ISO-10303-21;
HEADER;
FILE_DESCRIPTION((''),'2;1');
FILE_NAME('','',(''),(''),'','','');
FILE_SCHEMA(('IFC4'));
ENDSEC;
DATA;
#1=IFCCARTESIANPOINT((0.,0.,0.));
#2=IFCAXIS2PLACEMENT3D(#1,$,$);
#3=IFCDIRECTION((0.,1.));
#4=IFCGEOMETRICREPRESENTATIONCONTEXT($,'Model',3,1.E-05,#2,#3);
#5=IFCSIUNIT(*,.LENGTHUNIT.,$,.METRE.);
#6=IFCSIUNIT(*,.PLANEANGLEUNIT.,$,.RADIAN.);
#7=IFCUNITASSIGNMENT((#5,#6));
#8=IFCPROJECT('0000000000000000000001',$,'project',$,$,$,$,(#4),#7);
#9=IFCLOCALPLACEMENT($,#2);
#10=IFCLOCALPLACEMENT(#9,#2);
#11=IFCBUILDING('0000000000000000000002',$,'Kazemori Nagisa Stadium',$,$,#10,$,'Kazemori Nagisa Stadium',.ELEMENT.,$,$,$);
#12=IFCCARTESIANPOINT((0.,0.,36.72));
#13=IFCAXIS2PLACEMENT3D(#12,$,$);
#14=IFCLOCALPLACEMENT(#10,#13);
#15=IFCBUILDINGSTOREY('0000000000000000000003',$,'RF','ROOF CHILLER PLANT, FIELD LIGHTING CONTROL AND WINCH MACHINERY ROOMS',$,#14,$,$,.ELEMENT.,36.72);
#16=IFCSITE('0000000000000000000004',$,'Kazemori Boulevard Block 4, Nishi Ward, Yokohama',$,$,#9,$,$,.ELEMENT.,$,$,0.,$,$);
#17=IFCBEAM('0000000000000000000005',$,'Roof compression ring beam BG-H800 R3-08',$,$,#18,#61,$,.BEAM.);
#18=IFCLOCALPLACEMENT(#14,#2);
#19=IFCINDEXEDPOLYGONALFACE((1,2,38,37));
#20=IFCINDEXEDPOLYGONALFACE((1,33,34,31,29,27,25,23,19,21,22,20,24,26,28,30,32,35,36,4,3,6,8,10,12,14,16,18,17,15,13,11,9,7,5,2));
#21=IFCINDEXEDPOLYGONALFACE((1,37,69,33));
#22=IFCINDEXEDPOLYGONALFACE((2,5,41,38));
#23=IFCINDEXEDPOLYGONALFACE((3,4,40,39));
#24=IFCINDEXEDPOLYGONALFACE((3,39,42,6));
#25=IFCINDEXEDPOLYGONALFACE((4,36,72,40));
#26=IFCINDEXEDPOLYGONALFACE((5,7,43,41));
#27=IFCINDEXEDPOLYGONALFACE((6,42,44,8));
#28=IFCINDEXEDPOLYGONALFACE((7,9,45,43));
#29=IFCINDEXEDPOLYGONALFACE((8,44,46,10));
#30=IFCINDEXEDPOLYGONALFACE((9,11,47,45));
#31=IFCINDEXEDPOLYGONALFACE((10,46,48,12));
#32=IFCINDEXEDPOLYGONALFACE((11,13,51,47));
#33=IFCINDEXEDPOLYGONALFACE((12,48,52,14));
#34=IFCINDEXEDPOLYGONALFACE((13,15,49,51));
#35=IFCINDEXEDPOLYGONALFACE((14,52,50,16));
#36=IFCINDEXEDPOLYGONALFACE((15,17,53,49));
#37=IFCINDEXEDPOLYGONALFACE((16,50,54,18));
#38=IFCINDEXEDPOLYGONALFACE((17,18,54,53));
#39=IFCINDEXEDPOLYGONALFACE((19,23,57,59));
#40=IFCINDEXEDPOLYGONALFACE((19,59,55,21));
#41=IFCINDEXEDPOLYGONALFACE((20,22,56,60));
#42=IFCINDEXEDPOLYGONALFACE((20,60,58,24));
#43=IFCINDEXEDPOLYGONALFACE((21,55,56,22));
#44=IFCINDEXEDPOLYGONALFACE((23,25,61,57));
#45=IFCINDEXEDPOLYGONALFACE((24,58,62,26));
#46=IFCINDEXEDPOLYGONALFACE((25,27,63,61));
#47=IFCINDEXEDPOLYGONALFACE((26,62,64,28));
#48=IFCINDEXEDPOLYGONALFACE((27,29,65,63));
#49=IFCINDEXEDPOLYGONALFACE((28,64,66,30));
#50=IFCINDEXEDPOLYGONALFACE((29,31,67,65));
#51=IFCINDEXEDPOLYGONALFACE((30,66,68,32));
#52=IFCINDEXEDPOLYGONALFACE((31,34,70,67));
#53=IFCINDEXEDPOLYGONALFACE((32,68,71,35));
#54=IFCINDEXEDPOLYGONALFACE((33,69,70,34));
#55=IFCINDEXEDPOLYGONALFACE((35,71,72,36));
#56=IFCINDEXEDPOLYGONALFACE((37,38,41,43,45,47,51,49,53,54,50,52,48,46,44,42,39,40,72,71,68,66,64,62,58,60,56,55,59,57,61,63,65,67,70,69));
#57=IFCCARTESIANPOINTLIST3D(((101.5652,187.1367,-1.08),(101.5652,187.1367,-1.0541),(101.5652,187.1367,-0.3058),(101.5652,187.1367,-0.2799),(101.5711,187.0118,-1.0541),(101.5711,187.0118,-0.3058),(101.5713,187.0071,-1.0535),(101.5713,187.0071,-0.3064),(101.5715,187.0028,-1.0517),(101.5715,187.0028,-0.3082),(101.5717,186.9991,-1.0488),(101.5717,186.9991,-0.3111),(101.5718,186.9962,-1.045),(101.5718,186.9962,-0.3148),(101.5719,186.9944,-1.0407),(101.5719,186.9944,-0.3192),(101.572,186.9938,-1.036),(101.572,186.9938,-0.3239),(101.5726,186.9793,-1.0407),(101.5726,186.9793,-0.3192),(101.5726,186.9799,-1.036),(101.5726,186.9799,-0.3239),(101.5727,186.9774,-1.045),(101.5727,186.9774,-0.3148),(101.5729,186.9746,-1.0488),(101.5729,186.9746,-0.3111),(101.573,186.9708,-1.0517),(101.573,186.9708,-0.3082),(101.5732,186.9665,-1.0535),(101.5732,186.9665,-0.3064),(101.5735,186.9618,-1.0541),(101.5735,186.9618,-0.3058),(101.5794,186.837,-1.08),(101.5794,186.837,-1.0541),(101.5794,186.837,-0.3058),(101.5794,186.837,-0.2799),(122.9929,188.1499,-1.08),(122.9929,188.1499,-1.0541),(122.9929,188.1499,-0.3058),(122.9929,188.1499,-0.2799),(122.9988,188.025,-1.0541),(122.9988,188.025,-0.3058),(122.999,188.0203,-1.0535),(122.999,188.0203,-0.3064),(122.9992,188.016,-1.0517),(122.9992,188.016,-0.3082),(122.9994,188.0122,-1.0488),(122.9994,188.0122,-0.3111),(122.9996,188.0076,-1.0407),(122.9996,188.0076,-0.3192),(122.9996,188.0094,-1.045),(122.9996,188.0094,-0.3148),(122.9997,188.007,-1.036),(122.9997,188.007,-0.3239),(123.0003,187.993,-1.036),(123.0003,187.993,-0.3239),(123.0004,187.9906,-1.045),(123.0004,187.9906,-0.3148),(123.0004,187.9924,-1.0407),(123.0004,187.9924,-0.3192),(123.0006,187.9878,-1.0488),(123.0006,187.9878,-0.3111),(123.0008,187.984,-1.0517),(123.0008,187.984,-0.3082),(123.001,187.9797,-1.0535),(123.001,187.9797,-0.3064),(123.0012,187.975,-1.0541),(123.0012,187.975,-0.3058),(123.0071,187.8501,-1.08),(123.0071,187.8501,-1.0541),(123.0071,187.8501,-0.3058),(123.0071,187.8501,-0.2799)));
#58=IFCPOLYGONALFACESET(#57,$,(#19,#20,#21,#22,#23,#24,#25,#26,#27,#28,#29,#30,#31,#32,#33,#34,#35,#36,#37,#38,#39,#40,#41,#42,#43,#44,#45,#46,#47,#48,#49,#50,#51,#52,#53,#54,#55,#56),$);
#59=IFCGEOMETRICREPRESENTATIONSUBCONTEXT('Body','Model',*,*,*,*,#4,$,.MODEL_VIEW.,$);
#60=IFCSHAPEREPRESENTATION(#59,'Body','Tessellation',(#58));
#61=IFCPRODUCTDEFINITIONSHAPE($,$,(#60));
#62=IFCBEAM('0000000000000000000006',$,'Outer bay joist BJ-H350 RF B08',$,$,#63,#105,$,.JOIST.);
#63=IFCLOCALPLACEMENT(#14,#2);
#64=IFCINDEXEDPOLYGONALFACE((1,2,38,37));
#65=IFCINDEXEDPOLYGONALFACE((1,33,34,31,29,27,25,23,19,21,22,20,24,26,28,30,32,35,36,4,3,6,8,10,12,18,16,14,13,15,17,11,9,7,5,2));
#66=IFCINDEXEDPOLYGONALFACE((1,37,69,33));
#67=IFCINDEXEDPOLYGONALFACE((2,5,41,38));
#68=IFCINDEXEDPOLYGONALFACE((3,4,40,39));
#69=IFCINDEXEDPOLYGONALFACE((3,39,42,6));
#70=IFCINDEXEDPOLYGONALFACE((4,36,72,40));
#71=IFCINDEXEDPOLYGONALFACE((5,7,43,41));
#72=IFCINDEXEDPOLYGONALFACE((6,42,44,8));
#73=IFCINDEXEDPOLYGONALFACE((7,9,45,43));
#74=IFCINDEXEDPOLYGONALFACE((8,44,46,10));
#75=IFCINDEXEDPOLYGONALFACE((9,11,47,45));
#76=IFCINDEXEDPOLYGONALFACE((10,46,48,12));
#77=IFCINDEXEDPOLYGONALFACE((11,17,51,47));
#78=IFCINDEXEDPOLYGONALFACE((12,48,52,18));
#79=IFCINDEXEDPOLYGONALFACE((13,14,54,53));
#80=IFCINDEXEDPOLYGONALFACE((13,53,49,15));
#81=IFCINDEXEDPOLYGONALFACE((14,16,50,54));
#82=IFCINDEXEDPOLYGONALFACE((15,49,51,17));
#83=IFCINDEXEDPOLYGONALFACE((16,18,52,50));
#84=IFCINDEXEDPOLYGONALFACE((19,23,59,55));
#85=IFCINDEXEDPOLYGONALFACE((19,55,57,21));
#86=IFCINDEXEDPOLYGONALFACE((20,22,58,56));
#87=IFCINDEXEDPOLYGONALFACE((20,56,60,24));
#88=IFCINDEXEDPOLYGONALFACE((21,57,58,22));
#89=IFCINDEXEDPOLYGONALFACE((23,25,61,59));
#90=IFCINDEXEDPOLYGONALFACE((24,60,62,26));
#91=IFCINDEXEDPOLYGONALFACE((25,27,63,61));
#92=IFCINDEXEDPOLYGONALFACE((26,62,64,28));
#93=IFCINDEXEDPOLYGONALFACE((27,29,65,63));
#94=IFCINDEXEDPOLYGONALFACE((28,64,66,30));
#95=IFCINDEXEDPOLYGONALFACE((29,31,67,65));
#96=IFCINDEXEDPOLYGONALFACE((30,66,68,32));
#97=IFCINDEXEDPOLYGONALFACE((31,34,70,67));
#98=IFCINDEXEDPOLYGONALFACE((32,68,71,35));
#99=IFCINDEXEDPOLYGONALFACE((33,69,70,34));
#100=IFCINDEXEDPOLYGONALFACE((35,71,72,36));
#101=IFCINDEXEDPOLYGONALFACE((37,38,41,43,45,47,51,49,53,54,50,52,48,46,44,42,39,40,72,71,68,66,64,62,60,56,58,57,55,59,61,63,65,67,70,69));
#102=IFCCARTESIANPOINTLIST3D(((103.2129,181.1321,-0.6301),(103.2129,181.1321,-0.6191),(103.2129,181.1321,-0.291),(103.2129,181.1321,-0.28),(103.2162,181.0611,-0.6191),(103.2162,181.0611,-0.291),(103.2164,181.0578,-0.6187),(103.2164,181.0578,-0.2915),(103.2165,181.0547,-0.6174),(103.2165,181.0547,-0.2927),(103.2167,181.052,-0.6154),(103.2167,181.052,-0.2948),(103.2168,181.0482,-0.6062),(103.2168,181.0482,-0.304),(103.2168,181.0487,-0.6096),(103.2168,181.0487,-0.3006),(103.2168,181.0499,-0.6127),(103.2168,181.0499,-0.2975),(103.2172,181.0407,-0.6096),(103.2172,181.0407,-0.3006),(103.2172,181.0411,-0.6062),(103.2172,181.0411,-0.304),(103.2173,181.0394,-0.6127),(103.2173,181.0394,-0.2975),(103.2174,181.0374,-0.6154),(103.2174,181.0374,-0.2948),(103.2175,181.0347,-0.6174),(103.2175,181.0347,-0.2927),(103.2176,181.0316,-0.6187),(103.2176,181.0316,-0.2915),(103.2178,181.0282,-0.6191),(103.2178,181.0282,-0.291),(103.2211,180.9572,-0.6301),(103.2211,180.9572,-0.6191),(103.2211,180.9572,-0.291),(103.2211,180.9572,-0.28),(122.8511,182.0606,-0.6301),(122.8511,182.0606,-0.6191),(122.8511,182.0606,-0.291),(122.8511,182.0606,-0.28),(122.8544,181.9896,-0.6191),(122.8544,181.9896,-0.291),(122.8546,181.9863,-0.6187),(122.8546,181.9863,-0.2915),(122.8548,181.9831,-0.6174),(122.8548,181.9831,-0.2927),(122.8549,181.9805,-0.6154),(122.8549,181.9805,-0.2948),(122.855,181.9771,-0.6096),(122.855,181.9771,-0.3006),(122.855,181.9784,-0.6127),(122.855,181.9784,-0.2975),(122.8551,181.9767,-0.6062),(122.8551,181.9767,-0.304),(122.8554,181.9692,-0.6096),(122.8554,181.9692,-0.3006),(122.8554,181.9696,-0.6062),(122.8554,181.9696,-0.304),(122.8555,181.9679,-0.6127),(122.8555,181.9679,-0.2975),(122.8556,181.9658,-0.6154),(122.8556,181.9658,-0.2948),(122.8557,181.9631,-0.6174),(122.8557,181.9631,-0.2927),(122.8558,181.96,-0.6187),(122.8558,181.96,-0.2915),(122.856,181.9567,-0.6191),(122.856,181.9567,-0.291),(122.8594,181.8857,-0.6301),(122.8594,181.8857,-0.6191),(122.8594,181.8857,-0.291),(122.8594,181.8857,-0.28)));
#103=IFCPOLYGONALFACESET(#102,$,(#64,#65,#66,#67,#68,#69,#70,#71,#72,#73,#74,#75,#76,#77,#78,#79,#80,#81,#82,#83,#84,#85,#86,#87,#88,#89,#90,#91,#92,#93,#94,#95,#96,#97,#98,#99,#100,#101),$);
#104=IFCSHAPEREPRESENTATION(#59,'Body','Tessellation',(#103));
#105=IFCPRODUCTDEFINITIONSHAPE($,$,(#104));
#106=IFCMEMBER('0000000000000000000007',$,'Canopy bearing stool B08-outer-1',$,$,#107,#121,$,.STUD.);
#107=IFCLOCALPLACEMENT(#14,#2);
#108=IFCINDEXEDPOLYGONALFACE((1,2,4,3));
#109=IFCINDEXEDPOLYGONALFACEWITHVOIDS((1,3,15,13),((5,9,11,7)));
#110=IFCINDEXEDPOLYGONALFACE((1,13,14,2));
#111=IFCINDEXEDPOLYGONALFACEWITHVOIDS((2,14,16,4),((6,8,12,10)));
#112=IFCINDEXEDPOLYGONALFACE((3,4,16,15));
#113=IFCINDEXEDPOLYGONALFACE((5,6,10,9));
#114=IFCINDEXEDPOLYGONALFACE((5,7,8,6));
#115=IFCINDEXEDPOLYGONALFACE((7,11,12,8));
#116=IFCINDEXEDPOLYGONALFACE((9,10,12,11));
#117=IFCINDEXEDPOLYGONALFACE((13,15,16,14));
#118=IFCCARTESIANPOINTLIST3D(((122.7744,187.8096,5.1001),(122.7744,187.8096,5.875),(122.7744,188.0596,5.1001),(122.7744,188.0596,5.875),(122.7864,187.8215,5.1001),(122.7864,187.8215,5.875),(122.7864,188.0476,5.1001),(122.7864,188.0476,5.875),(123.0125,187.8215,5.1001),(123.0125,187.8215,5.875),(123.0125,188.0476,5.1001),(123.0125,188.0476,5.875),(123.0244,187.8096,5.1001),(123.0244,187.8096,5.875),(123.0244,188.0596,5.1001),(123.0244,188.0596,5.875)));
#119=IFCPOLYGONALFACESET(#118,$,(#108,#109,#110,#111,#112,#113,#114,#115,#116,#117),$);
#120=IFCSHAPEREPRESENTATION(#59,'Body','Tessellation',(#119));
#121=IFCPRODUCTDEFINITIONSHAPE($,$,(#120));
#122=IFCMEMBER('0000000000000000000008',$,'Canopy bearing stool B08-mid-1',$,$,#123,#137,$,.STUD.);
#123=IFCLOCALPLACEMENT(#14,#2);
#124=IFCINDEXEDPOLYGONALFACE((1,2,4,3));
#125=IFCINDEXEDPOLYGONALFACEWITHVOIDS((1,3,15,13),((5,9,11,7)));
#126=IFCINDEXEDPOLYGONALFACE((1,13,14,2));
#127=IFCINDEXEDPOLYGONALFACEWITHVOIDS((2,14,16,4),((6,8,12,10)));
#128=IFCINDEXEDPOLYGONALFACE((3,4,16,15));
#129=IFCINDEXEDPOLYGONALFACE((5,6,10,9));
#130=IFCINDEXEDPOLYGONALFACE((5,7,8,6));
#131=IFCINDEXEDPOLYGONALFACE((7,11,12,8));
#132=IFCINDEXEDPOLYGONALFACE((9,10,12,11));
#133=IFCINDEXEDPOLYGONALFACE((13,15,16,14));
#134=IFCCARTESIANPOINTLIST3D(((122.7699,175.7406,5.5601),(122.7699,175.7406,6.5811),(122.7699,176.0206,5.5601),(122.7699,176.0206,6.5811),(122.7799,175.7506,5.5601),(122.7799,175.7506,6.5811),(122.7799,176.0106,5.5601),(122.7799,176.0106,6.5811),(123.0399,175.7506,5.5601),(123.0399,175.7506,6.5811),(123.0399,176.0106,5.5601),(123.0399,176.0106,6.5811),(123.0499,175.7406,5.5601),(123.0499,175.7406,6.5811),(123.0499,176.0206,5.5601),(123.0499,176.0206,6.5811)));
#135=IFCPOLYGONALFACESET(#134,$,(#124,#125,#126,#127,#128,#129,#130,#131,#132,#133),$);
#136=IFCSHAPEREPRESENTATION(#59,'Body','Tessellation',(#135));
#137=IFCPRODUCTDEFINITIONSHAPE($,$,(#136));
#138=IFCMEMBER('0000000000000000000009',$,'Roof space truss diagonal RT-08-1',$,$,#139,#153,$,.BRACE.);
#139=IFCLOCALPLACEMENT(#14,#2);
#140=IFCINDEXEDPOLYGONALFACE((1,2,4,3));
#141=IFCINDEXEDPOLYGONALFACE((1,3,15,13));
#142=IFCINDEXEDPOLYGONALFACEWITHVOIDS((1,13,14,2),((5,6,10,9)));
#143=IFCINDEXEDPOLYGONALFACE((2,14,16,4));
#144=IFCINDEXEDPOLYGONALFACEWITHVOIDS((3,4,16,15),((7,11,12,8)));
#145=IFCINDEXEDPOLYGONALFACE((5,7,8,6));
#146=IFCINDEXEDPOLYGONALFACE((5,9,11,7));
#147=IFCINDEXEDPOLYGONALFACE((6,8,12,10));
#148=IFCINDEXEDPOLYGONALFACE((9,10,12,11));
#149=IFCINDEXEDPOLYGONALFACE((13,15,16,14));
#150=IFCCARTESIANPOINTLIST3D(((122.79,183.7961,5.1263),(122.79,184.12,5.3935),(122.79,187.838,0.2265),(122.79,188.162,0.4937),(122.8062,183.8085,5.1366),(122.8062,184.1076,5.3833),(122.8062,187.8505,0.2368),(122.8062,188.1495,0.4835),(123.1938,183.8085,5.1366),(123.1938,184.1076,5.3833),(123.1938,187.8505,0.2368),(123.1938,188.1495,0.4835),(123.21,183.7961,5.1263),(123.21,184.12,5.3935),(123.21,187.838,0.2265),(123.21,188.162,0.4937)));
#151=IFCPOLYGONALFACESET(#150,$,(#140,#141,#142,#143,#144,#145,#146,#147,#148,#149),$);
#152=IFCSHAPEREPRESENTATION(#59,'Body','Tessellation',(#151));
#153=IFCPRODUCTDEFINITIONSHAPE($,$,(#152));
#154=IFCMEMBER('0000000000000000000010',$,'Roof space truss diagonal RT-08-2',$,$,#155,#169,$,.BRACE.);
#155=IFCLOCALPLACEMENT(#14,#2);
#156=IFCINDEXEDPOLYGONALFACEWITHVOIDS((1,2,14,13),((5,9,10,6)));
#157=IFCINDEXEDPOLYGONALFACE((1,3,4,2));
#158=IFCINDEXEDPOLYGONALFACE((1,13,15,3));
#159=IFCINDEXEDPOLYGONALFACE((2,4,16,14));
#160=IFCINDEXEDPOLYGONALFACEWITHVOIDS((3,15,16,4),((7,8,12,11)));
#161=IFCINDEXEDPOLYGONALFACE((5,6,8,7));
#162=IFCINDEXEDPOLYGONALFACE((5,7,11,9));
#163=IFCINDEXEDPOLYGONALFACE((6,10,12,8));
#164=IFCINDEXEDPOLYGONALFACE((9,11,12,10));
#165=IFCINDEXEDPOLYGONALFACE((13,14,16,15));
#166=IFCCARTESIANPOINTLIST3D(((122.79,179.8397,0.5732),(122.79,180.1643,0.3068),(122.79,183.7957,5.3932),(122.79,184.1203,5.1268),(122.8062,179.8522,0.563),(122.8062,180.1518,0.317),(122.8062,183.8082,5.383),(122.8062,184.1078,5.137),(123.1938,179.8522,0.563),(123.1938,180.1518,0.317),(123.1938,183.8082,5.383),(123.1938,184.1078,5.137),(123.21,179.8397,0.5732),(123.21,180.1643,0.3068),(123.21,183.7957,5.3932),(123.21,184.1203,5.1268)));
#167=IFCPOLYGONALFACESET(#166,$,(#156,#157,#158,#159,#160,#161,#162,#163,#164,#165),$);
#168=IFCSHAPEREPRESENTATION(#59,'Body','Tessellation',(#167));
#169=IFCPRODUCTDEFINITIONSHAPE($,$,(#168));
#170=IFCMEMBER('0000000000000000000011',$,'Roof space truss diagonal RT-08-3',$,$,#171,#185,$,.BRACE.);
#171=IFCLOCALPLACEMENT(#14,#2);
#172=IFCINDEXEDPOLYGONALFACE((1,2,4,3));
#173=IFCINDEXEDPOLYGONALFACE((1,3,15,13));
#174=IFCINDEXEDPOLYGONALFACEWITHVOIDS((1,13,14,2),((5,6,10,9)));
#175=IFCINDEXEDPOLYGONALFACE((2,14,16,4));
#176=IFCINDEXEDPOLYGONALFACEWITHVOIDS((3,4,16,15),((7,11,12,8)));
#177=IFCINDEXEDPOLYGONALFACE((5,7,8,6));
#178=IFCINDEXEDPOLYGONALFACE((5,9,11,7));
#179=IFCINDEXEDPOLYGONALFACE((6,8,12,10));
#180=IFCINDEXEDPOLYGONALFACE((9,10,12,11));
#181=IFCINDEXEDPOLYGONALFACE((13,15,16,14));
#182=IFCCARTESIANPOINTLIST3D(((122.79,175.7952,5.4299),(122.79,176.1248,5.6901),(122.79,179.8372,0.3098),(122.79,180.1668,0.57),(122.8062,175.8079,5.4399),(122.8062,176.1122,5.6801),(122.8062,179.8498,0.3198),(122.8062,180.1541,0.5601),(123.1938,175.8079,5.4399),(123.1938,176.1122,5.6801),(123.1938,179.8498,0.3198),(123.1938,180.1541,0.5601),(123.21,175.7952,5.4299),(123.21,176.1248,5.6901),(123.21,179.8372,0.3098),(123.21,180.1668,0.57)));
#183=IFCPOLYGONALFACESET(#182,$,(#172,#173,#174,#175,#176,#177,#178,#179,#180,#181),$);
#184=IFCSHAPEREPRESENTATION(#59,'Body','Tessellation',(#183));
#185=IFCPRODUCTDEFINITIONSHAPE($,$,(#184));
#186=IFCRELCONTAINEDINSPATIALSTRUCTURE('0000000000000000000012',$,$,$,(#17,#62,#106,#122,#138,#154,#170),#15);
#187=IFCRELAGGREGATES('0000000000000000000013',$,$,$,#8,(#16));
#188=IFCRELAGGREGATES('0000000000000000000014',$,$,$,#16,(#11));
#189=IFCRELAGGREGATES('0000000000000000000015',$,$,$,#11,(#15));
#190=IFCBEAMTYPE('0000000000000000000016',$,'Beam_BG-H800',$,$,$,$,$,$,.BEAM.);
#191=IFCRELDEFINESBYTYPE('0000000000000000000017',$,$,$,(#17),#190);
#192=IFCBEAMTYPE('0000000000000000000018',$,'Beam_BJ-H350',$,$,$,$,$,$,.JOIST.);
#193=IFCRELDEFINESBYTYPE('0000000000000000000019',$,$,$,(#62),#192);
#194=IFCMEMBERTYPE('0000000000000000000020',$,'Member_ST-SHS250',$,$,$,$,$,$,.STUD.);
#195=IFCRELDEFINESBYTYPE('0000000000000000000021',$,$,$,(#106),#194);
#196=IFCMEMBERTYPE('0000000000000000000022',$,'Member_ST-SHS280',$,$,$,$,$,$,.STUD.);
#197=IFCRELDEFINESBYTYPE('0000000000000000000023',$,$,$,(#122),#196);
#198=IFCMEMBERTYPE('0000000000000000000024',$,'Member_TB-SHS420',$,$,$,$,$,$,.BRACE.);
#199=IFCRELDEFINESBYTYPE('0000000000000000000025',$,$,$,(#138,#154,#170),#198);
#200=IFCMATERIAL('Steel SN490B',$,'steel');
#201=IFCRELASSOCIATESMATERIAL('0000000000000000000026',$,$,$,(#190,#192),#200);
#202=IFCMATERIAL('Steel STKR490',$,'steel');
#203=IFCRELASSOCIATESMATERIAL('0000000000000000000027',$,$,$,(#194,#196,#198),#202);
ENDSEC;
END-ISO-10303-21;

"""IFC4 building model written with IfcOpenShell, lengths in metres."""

from ifc_helpers import new_model, si_unit, direction, frame, origin, origin_2d, place, context, subcontext, project, spatial, hollow_rectangle, i_section, extrude, material, material_profile, profile_set, type_object, element, save


model = new_model("IFC4")

# Units and contexts
model_context = context("Model", 3, precision=1e-05, world=origin(), true_north=direction((0.0, 1.0)))
body_context = subcontext(model_context, "Body", "Model", "MODEL_VIEW")
ifc_project = project(units=[si_unit("LENGTHUNIT", "METRE"), si_unit("PLANEANGLEUNIT", "RADIAN")], contexts=[model_context])

# Site, building, storey
site_placement = place(None, origin())
site = spatial("IfcSite", under=ifc_project, at=site_placement, Name="Kazemori Boulevard Block 4, Nishi Ward, Yokohama", CompositionType="ELEMENT", RefElevation=0.0)
building_placement = place(site_placement, origin())
building = spatial("IfcBuilding", under=site, at=building_placement, Name="Kazemori Nagisa Stadium", LongName="Kazemori Nagisa Stadium", CompositionType="ELEMENT")
storey_placement = place(building_placement, frame((0.0, 0.0, 36.72)))
storey = spatial("IfcBuildingStorey", under=building, at=storey_placement, Name="RF", Description="ROOF CHILLER PLANT, FIELD LIGHTING CONTROL AND WINCH MACHINERY ROOMS", CompositionType="ELEMENT", Elevation=36.72)

# Shared definitions
ifc_material_1 = material(Name="Steel SN490B", Category="steel")

# Beams
ifc_material_profile_1 = material_profile(ifc_material_1, i_section(OverallWidth=0.3, OverallDepth=0.8, WebThickness=0.0139, FlangeThickness=0.0259, FilletRadius=0.0181, at=origin_2d()), Name="H-800x300x14x26")
ifc_profile_set_1 = profile_set([ifc_material_profile_1], Name="Steel SN490B")
beam_type_1 = type_object("IfcBeamType", Name="Beam_BG-H800", PredefinedType="BEAM", material=ifc_profile_set_1)
beam_1_placement = place(storey_placement, frame((123.0, 188.0, -0.6799), z_axis=(-0.998884, -0.047231, 0.0), x_axis=(0.047231, -0.998884, 0.0)))
element("IfcBeam", 1, at=beam_1_placement, inside=storey, type_object=beam_type_1, Name="Roof compression ring beam BG-H800 R3-08", PredefinedType="BEAM", context=body_context, shape_type="SweptSolid", body=[
    extrude(i_section(OverallWidth=0.3, OverallDepth=0.8, WebThickness=0.0139, FlangeThickness=0.0259, FilletRadius=0.0181, at=origin_2d()), origin(), (0.0, 0.0, 1.0), 21.4517),
])
ifc_material_profile_2 = material_profile(ifc_material_1, i_section(OverallWidth=0.175, OverallDepth=0.3501, WebThickness=0.0071, FlangeThickness=0.011, FilletRadius=0.0129, at=origin_2d()), Name="H-350x175x7x11")
ifc_profile_set_2 = profile_set([ifc_material_profile_2], Name="Steel SN490B")
beam_type_2 = type_object("IfcBeamType", Name="Beam_BJ-H350", PredefinedType="JOIST", material=ifc_profile_set_2)
beam_2_placement = place(storey_placement, frame((122.8552, 181.9731, -0.4551), z_axis=(-0.998884, -0.047226, 0.0), x_axis=(0.047226, -0.998884, 0.0)))
element("IfcBeam", 2, at=beam_2_placement, inside=storey, type_object=beam_type_2, Name="Outer bay joist BJ-H350 RF B08", PredefinedType="JOIST", context=body_context, shape_type="SweptSolid", body=[
    extrude(i_section(OverallWidth=0.175, OverallDepth=0.3501, WebThickness=0.0071, FlangeThickness=0.011, FilletRadius=0.0129, at=origin_2d()), origin(), (0.0, 0.0, 1.0), 19.6602),
])

# Members
ifc_material_2 = material(Name="Steel STKR490", Category="steel")
ifc_material_profile_3 = material_profile(ifc_material_2, hollow_rectangle(XDim=0.25, YDim=0.25, WallThickness=0.012, at=origin_2d()), Name="SHS-250x250x12")
ifc_profile_set_3 = profile_set([ifc_material_profile_3], Name="Steel STKR490")
member_type_1 = type_object("IfcMemberType", Name="Member_ST-SHS250", PredefinedType="STUD", material=ifc_profile_set_3)
member_1_placement = place(storey_placement, frame((122.8994, 187.9346, 5.1001), z_axis=(0.0, 0.0, 1.0), x_axis=(1.0, 0.0, 0.0)))
element("IfcMember", 3, at=member_1_placement, inside=storey, type_object=member_type_1, Name="Canopy bearing stool B08-outer-1", PredefinedType="STUD", context=body_context, shape_type="SweptSolid", body=[
    extrude(hollow_rectangle(XDim=0.25, YDim=0.25, WallThickness=0.012, at=origin_2d()), origin(), (0.0, 0.0, 1.0), 0.7749),
])
ifc_material_profile_4 = material_profile(ifc_material_2, hollow_rectangle(XDim=0.28, YDim=0.28, WallThickness=0.01, at=origin_2d()), Name="SHS-280x280x10")
ifc_profile_set_4 = profile_set([ifc_material_profile_4], Name="Steel STKR490")
member_type_2 = type_object("IfcMemberType", Name="Member_ST-SHS280", PredefinedType="STUD", material=ifc_profile_set_4)
member_2_placement = place(storey_placement, frame((122.9099, 175.8806, 5.5601), z_axis=(0.0, 0.0, 1.0), x_axis=(1.0, 0.0, 0.0)))
element("IfcMember", 4, at=member_2_placement, inside=storey, type_object=member_type_2, Name="Canopy bearing stool B08-mid-1", PredefinedType="STUD", context=body_context, shape_type="SweptSolid", body=[
    extrude(hollow_rectangle(XDim=0.28, YDim=0.28, WallThickness=0.01, at=origin_2d()), origin(), (0.0, 0.0, 1.0), 1.021),
])
ifc_material_profile_5 = material_profile(ifc_material_2, hollow_rectangle(XDim=0.4199, YDim=0.4199, WallThickness=0.0161, at=origin_2d()), Name="SHS-420x420x16")
ifc_profile_set_5 = profile_set([ifc_material_profile_5], Name="Steel STKR490")
member_type_3 = type_object("IfcMemberType", Name="Member_TB-SHS420", PredefinedType="BRACE", material=ifc_profile_set_5)
member_3_placement = place(storey_placement, frame((123.0, 188.0, 0.3601), z_axis=(0.0, -0.636343, 0.771406), x_axis=(1.0, 0.0, 0.0)))
element("IfcMember", 5, at=member_3_placement, inside=storey, type_object=member_type_3, Name="Roof space truss diagonal RT-08-1", PredefinedType="BRACE", context=body_context, shape_type="SweptSolid", body=[
    extrude(hollow_rectangle(XDim=0.4199, YDim=0.4199, WallThickness=0.0161, at=origin_2d()), origin(), (0.0, 0.0, 1.0), 6.3518),
])
member_4_placement = place(storey_placement, frame((123.0, 183.958, 5.26), z_axis=(0.0, -0.634425, -0.772985), x_axis=(1.0, 0.0, 0.0)))
element("IfcMember", 6, at=member_4_placement, inside=storey, type_object=member_type_3, Name="Roof space truss diagonal RT-08-2", PredefinedType="BRACE", context=body_context, shape_type="SweptSolid", body=[
    extrude(hollow_rectangle(XDim=0.4199, YDim=0.4199, WallThickness=0.0161, at=origin_2d()), origin(), (0.0, 0.0, 1.0), 6.2356),
])
member_5_placement = place(storey_placement, frame((123.0, 180.002, 0.4399), z_axis=(0.0, -0.619625, 0.784898), x_axis=(1.0, 0.0, 0.0)))
element("IfcMember", 7, at=member_5_placement, inside=storey, type_object=member_type_3, Name="Roof space truss diagonal RT-08-3", PredefinedType="BRACE", context=body_context, shape_type="SweptSolid", body=[
    extrude(hollow_rectangle(XDim=0.4199, YDim=0.4199, WallThickness=0.0161, at=origin_2d()), origin(), (0.0, 0.0, 1.0), 6.5232),
])

save(model, "model.ifc")
